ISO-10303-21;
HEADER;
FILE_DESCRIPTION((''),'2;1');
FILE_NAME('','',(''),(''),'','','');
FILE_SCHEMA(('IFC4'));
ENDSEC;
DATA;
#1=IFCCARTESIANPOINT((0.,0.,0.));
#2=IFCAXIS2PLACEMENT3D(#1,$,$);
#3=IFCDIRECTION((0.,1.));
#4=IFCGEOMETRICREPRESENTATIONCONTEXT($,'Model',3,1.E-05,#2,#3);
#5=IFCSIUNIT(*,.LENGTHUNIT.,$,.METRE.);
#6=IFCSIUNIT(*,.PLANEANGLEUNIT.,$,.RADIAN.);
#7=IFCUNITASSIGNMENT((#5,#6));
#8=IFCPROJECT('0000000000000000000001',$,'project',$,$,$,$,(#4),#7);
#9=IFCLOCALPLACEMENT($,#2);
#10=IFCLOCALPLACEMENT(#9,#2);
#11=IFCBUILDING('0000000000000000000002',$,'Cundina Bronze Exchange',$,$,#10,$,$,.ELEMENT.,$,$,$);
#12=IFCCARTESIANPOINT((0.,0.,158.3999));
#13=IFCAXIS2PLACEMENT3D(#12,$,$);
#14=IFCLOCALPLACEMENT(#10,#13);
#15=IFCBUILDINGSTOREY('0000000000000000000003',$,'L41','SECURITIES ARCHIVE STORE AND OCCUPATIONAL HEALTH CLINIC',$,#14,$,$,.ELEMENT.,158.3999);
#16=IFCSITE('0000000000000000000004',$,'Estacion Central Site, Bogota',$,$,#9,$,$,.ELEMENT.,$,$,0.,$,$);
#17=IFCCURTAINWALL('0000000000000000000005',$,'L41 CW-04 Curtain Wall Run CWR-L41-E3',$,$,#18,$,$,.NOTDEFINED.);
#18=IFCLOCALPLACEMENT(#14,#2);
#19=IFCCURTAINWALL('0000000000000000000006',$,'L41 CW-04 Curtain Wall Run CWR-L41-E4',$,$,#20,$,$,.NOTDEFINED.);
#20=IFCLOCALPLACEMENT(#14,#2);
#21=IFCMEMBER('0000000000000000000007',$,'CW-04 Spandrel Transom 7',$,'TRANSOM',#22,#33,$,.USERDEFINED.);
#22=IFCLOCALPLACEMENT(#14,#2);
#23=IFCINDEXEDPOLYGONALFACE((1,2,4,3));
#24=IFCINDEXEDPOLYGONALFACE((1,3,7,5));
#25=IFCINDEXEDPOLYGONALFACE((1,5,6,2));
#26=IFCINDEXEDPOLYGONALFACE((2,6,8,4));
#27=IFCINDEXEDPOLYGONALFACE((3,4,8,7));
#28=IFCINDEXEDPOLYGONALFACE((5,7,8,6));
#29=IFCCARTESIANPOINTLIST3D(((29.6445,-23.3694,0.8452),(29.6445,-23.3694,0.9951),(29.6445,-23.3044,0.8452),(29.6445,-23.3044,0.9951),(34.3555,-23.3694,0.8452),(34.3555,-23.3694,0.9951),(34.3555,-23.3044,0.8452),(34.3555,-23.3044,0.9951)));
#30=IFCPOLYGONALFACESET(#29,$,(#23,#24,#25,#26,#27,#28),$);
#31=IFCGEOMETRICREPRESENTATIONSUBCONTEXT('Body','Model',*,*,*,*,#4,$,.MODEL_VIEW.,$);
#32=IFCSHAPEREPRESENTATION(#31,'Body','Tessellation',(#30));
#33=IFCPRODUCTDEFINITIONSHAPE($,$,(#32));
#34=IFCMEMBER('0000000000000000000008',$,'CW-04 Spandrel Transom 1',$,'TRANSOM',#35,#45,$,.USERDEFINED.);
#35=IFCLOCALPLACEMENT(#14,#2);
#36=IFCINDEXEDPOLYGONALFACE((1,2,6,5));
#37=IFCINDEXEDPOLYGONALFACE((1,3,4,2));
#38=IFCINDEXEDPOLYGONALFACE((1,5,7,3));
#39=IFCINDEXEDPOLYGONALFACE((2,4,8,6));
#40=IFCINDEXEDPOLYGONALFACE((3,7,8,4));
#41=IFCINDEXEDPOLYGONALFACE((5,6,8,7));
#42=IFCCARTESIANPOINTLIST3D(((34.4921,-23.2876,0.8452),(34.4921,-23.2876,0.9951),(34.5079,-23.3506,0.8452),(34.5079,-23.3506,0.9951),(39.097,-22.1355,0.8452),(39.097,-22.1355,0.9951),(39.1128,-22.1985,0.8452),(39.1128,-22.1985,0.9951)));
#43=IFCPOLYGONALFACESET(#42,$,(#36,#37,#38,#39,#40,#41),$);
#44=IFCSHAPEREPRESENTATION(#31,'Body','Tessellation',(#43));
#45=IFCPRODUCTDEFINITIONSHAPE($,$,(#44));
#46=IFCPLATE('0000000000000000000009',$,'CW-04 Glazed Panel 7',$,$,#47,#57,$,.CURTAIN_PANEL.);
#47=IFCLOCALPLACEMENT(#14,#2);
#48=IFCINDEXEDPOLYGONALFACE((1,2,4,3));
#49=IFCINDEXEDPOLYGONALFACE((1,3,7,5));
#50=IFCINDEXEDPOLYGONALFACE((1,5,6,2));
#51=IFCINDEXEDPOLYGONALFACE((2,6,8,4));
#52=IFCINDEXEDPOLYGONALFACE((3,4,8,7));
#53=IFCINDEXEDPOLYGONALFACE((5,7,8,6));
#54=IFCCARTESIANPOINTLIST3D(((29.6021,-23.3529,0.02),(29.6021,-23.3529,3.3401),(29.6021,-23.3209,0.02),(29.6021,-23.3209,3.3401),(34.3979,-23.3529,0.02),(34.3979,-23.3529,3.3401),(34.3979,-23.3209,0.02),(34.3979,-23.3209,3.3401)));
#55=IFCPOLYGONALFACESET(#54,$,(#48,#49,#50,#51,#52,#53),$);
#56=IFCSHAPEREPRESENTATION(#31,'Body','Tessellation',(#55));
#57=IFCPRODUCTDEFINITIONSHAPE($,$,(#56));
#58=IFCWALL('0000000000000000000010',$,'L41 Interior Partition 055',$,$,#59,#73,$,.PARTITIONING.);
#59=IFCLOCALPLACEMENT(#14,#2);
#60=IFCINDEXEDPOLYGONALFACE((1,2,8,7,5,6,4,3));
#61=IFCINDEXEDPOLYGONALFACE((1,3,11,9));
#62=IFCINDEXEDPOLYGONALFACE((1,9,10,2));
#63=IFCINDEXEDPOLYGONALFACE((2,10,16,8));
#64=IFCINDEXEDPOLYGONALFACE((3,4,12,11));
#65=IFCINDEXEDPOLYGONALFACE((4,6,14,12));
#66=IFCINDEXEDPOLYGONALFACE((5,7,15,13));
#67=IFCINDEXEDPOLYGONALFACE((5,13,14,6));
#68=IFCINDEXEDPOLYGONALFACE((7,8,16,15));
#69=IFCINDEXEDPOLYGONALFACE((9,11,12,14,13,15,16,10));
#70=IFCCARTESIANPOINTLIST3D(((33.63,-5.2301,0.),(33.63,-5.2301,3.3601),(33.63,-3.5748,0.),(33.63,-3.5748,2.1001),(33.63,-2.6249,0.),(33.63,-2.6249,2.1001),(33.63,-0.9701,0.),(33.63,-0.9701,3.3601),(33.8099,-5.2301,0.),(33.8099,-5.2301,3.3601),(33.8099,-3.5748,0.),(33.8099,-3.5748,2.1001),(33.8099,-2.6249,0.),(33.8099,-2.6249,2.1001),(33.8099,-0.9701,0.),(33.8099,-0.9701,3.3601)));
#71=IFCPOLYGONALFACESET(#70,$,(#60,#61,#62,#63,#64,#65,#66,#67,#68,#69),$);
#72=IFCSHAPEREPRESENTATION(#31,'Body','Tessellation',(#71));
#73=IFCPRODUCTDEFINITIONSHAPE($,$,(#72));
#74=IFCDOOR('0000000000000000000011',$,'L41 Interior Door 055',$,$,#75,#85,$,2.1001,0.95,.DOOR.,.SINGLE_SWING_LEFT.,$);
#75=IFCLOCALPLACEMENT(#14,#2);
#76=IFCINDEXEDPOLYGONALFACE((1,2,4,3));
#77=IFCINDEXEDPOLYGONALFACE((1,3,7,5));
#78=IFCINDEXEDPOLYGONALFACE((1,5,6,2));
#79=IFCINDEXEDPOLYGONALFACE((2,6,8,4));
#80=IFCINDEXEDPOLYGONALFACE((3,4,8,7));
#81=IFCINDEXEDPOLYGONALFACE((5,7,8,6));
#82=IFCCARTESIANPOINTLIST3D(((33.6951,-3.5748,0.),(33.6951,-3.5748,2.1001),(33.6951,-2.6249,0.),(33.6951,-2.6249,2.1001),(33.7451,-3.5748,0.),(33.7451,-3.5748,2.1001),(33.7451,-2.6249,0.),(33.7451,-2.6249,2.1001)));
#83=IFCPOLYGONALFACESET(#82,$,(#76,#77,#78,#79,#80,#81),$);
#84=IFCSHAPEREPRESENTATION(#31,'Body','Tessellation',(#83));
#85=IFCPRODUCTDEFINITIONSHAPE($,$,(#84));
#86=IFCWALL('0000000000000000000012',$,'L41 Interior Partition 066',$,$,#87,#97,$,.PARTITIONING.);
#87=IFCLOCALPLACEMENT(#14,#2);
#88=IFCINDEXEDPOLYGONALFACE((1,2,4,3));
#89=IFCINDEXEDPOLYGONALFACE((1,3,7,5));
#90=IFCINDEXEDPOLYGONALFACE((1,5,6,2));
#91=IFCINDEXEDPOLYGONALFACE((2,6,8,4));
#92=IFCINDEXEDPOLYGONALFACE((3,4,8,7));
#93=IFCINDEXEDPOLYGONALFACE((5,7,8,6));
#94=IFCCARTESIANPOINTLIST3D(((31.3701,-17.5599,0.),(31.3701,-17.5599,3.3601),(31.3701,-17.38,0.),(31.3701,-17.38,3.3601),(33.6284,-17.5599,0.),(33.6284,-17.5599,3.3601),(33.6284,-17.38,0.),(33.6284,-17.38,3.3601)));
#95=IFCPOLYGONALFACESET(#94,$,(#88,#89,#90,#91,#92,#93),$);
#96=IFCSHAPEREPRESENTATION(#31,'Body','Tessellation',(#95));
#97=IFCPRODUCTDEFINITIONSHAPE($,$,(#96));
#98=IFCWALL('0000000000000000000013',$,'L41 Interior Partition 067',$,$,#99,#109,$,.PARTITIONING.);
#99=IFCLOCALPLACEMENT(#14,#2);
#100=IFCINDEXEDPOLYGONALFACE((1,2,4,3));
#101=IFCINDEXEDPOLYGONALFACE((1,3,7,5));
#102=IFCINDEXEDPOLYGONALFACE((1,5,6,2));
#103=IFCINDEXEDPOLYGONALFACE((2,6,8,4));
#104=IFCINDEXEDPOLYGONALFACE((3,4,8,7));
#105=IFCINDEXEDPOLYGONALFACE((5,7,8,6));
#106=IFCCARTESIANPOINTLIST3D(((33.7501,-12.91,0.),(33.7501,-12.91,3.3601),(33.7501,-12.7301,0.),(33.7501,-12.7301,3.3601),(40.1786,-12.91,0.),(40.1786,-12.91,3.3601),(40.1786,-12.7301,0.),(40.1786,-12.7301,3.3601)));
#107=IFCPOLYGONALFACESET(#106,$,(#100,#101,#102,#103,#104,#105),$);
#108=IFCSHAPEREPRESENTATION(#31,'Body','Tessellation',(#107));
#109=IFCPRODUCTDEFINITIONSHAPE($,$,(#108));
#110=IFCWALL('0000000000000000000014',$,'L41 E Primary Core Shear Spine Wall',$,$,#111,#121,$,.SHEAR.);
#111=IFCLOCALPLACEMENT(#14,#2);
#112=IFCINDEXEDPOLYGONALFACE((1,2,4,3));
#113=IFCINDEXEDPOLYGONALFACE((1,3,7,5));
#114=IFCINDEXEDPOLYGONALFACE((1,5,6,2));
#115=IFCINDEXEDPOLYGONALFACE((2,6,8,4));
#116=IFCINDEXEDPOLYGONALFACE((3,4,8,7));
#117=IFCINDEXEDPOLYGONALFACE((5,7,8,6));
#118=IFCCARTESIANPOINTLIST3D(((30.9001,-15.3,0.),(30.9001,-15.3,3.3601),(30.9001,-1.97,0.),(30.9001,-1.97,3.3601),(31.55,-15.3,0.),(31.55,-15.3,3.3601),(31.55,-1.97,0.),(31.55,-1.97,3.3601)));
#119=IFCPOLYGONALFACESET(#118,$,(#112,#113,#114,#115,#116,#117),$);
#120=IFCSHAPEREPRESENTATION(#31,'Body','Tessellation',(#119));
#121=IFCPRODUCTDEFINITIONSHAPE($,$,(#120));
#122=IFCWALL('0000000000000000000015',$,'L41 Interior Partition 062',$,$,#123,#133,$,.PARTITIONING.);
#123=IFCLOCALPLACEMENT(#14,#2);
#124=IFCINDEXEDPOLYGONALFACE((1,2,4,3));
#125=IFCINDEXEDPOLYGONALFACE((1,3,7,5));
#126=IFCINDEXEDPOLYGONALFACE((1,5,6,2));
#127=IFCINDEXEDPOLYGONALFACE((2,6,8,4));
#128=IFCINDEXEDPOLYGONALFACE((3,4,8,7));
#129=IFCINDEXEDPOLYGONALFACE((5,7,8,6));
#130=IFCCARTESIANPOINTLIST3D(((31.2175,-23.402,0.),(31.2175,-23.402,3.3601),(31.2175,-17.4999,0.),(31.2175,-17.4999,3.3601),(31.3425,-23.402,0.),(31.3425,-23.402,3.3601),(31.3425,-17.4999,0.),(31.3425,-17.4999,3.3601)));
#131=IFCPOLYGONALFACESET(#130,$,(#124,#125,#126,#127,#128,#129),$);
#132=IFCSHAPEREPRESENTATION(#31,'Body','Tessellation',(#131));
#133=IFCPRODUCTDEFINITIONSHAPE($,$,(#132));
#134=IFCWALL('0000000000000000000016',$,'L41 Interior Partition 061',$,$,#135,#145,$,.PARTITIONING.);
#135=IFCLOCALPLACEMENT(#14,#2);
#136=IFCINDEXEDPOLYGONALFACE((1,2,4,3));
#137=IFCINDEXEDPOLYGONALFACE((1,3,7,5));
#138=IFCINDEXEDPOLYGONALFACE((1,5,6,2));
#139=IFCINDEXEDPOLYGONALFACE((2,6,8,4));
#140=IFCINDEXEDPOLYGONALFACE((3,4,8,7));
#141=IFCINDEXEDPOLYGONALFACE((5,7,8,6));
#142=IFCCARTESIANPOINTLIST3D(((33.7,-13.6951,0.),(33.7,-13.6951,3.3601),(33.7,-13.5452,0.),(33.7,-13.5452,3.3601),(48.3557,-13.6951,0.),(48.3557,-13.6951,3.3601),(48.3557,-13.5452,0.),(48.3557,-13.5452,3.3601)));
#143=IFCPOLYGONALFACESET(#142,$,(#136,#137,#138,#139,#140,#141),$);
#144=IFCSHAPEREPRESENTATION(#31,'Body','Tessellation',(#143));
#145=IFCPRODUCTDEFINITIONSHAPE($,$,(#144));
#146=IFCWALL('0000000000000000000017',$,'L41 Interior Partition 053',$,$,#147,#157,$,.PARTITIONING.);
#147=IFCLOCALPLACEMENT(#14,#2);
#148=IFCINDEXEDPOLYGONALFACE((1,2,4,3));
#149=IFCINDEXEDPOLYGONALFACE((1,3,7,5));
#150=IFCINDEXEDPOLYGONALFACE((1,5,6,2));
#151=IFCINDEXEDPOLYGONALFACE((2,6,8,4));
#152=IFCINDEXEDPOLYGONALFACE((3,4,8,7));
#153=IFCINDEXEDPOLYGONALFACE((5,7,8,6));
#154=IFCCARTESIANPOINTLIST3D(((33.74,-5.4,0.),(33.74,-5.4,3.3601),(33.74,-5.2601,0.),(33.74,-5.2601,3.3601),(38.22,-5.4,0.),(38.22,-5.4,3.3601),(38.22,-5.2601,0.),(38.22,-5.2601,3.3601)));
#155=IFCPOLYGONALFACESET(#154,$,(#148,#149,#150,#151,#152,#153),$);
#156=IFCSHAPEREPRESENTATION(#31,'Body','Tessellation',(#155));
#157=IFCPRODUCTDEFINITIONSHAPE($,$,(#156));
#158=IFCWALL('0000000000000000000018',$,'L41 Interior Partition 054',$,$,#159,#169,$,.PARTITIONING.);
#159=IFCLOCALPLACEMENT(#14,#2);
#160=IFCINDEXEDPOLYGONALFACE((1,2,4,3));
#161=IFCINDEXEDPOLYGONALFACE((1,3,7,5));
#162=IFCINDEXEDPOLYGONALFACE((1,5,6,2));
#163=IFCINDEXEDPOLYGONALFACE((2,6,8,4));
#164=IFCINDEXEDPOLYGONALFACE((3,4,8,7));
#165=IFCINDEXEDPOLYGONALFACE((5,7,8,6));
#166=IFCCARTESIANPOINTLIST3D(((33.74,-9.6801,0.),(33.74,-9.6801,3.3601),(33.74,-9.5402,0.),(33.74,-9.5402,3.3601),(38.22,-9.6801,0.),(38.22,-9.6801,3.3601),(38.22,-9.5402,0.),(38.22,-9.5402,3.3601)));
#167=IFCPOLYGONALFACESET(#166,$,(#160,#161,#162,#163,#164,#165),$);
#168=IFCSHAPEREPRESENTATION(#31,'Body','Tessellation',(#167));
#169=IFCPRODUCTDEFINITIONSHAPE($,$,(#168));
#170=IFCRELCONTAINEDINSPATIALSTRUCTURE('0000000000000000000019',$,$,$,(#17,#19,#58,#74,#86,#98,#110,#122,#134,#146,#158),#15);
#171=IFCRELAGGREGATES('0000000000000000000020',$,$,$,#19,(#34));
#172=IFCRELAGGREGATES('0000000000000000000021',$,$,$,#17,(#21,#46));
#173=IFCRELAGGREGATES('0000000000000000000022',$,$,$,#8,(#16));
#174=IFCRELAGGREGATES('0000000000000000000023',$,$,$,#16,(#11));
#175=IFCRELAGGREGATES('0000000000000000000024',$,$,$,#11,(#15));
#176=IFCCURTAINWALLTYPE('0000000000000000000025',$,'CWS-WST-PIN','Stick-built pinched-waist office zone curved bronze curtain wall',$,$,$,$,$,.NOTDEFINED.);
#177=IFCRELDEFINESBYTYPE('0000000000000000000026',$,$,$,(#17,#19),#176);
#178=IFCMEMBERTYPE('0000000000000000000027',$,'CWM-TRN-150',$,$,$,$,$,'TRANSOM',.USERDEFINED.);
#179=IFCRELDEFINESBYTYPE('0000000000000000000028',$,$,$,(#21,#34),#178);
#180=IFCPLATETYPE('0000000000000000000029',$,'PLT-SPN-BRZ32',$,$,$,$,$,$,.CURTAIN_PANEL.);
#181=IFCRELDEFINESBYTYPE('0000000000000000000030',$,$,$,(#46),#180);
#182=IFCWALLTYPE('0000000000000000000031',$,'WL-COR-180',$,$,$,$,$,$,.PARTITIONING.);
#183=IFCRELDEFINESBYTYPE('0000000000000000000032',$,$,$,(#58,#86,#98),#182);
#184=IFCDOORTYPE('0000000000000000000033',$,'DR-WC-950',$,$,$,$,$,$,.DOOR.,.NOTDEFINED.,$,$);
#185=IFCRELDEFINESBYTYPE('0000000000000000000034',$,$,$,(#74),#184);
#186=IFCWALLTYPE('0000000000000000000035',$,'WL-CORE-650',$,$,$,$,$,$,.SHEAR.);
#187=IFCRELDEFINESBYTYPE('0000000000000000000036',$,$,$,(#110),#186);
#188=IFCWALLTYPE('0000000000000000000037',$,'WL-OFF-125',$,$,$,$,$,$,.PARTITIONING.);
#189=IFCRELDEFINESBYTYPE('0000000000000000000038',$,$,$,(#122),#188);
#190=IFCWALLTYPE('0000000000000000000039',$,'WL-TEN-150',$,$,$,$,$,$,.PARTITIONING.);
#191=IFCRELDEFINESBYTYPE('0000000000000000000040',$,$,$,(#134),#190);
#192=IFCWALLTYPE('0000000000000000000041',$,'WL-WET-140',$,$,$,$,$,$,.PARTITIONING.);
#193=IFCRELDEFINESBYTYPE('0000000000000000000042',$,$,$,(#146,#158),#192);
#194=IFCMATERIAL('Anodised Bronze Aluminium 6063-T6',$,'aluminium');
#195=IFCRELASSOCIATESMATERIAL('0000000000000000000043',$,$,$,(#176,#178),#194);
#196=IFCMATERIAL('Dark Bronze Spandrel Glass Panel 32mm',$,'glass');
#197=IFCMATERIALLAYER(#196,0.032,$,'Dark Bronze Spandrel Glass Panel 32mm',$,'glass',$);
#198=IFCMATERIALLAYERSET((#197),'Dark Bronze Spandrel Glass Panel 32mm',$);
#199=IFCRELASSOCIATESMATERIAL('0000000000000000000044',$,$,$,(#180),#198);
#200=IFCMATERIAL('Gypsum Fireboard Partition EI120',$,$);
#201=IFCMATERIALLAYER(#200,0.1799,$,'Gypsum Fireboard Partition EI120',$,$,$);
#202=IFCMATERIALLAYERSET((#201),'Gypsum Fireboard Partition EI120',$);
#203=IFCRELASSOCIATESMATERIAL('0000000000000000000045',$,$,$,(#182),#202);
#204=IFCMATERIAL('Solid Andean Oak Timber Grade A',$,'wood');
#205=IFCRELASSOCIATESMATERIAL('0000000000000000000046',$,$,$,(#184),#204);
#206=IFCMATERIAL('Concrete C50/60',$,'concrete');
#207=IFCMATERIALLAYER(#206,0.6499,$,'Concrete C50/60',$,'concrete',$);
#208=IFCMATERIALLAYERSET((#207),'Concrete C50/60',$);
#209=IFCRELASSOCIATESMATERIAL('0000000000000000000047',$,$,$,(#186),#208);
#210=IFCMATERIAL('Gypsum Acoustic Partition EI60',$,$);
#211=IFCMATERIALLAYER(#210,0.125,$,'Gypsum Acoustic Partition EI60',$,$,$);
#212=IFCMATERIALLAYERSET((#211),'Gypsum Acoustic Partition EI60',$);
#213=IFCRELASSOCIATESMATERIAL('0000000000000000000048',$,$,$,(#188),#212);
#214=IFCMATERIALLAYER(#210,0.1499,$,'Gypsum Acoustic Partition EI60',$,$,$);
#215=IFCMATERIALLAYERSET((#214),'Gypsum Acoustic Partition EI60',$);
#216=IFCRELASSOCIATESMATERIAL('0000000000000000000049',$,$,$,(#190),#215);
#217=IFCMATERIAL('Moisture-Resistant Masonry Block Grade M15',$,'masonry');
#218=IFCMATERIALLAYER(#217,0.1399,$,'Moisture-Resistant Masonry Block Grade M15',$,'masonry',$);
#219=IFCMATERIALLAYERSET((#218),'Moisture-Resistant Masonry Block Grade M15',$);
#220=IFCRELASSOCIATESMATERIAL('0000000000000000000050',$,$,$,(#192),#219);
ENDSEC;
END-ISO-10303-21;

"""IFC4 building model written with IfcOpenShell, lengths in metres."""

from ifc_helpers import new_model, si_unit, direction, frame, frame_2d, origin, origin_2d, place, context, subcontext, project, spatial, rectangle, extrude, material, layer, layer_set, material_profile, profile_set, type_object, element, fill, aggregate, save


model = new_model("IFC4")

# Units and contexts
model_context = context("Model", 3, precision=1e-05, world=origin(), true_north=direction((0.0, 1.0)))
body_context = subcontext(model_context, "Body", "Model", "MODEL_VIEW")
ifc_project = project(units=[si_unit("LENGTHUNIT", "METRE"), si_unit("PLANEANGLEUNIT", "RADIAN")], contexts=[model_context])

# Site, building, storey
site_placement = place(None, origin())
site = spatial("IfcSite", under=ifc_project, at=site_placement, Name="Estacion Central Site, Bogota", CompositionType="ELEMENT", RefElevation=0.0)
building_placement = place(site_placement, origin())
building = spatial("IfcBuilding", under=site, at=building_placement, Name="Cundina Bronze Exchange", CompositionType="ELEMENT")
storey_placement = place(building_placement, frame((0.0, 0.0, 158.3999)))
storey = spatial("IfcBuildingStorey", under=building, at=storey_placement, Name="L41", Description="SECURITIES ARCHIVE STORE AND OCCUPATIONAL HEALTH CLINIC", CompositionType="ELEMENT", Elevation=158.3999)

# Shared definitions
ifc_material_1 = material(Name="Concrete C50/60", Category="concrete")

# Curtain wall
ifc_material_2 = material(Name="Anodised Bronze Aluminium 6063-T6", Category="aluminium")
curtain_wall_type = type_object("IfcCurtainWallType", Name="CWS-WST-PIN", Description="Stick-built pinched-waist office zone curved bronze curtain wall", PredefinedType="NOTDEFINED", material=ifc_material_2)
curtain_wall_1_placement = place(storey_placement, origin())
curtain_wall_1 = element("IfcCurtainWall", 1, at=curtain_wall_1_placement, inside=storey, type_object=curtain_wall_type, Name="L41 CW-04 Curtain Wall Run CWR-L41-E3", PredefinedType="NOTDEFINED")

# Curtain wall
curtain_wall_2_placement = place(storey_placement, origin())
curtain_wall_2 = element("IfcCurtainWall", 2, at=curtain_wall_2_placement, inside=storey, type_object=curtain_wall_type, Name="L41 CW-04 Curtain Wall Run CWR-L41-E4", PredefinedType="NOTDEFINED")

# Members
ifc_material_profile_1 = material_profile(ifc_material_2, rectangle(XDim=0.0649, YDim=0.1499, at=origin_2d()), Name="AL65X150", Category="aluminium")
ifc_profile_set_1 = profile_set([ifc_material_profile_1], Name="Anodised Bronze Aluminium 6063-T6")
member_type_1 = type_object("IfcMemberType", Name="CWM-TRN-150", ElementType="TRANSOM", PredefinedType="USERDEFINED", material=ifc_profile_set_1)
member_1_placement = place(storey_placement, frame((29.6445, -23.3369, 0.9202), z_axis=(1.0, 0.0, 0.0), x_axis=(0.0, 1.0, 0.0)))
member_1 = element("IfcMember", 3, at=member_1_placement, type_object=member_type_1, Name="CW-04 Spandrel Transom 7", ObjectType="TRANSOM", PredefinedType="USERDEFINED", context=body_context, shape_type="SweptSolid", body=[
    extrude(rectangle(XDim=0.0649, YDim=0.1499, at=origin_2d()), origin(), (0.0, 0.0, 1.0), 4.7109),
])
member_2_placement = place(storey_placement, frame((34.5, -23.3191, 0.9202), z_axis=(0.9701, 0.242705, 0.0), x_axis=(-0.242705, 0.9701, 0.0)))
member_2 = element("IfcMember", 4, at=member_2_placement, type_object=member_type_1, Name="CW-04 Spandrel Transom 1", ObjectType="TRANSOM", PredefinedType="USERDEFINED", context=body_context, shape_type="SweptSolid", body=[
    extrude(rectangle(XDim=0.0649, YDim=0.1499, at=origin_2d()), origin(), (0.0, 0.0, 1.0), 4.7468),
])
aggregate(curtain_wall_2, [member_2])

# Plate
ifc_material_3 = material(Name="Dark Bronze Spandrel Glass Panel 32mm", Category="glass")
ifc_layer_1 = layer(ifc_material_3, 0.032, Name="Dark Bronze Spandrel Glass Panel 32mm", Category="glass")
ifc_layer_set_1 = layer_set([ifc_layer_1], Name="Dark Bronze Spandrel Glass Panel 32mm")
plate_type = type_object("IfcPlateType", Name="PLT-SPN-BRZ32", PredefinedType="CURTAIN_PANEL", material=ifc_layer_set_1)
plate_placement = place(storey_placement, frame((32.0, -23.3369, 0.02), z_axis=(0.0, 0.0, 1.0), x_axis=(1.0, 0.0, 0.0)))
plate = element("IfcPlate", 5, at=plate_placement, type_object=plate_type, Name="CW-04 Glazed Panel 7", PredefinedType="CURTAIN_PANEL", context=body_context, shape_type="SweptSolid", body=[
    extrude(rectangle(XDim=4.7959, YDim=0.032, at=origin_2d()), origin(), (0.0, 0.0, 1.0), 3.3201),
])
aggregate(curtain_wall_1, [member_1, plate])

# Wall, opening, door
ifc_material_4 = material(Name="Gypsum Fireboard Partition EI120")
ifc_layer_2 = layer(ifc_material_4, 0.1799, Name="Gypsum Fireboard Partition EI120")
ifc_layer_set_2 = layer_set([ifc_layer_2], Name="Gypsum Fireboard Partition EI120")
wall_type_1 = type_object("IfcWallType", Name="WL-COR-180", PredefinedType="PARTITIONING", material=ifc_layer_set_2)
wall_1_placement = place(storey_placement, frame((33.72, -5.23, 0.0), z_axis=(0.0, 0.0, 1.0), x_axis=(0.0, 1.0, 0.0)))
wall_1 = element("IfcWall", 6, at=wall_1_placement, inside=storey, type_object=wall_type_1, Name="L41 Interior Partition 055", PredefinedType="PARTITIONING", context=body_context, shape_type="SweptSolid", body=[
    extrude(rectangle(XDim=4.26, YDim=0.1799, at=frame_2d((2.1299, 0.0))), origin(), (0.0, 0.0, 1.0), 3.3601),
])
opening_1_placement = place(wall_1_placement, frame((1.655, 0.0, 0.0)))
opening_1 = element("IfcOpeningElement", 7, at=opening_1_placement, cuts=wall_1, PredefinedType="OPENING", context=body_context, shape_type="SweptSolid", body=[
    extrude(rectangle(XDim=0.95, YDim=2.1001, at=frame_2d((0.4751, 1.05))), frame((0.0, 0.0999, 0.0), z_axis=(0.0, -1.0, 0.0), x_axis=(1.0, 0.0, 0.0)), (0.0, 0.0, 1.0), 0.2),
])
ifc_material_5 = material(Name="Solid Andean Oak Timber Grade A", Category="wood")
door_type_1 = type_object("IfcDoorType", Name="DR-WC-950", OperationType="NOTDEFINED", PredefinedType="DOOR", material=ifc_material_5)
door_1_placement = place(opening_1_placement, origin())
door_1 = element("IfcDoor", 8, at=door_1_placement, inside=storey, type_object=door_type_1, Name="L41 Interior Door 055", OperationType="SINGLE_SWING_LEFT", OverallHeight=2.1001, OverallWidth=0.95, PredefinedType="DOOR", context=body_context, shape_type="SweptSolid", body=[
    extrude(rectangle(XDim=0.95, YDim=2.1001, at=frame_2d((0.4751, 1.05))), frame((0.0, 0.0249, 0.0), z_axis=(0.0, -1.0, 0.0), x_axis=(1.0, 0.0, 0.0)), (0.0, 0.0, 1.0), 0.05),
])
fill(opening_1, door_1)

# Walls
wall_2_placement = place(storey_placement, frame((31.3701, -17.47, 0.0), z_axis=(0.0, 0.0, 1.0), x_axis=(1.0, 0.0, 0.0)))
element("IfcWall", 9, at=wall_2_placement, inside=storey, type_object=wall_type_1, Name="L41 Interior Partition 066", PredefinedType="PARTITIONING", context=body_context, shape_type="SweptSolid", body=[
    extrude(rectangle(XDim=2.2583, YDim=0.1799, at=frame_2d((1.1292, 0.0))), origin(), (0.0, 0.0, 1.0), 3.3601),
])
wall_3_placement = place(storey_placement, frame((33.75, -12.8201, 0.0), z_axis=(0.0, 0.0, 1.0), x_axis=(1.0, 0.0, 0.0)))
element("IfcWall", 10, at=wall_3_placement, inside=storey, type_object=wall_type_1, Name="L41 Interior Partition 067", PredefinedType="PARTITIONING", context=body_context, shape_type="SweptSolid", body=[
    extrude(rectangle(XDim=6.4285, YDim=0.1799, at=frame_2d((3.2144, 0.0))), origin(), (0.0, 0.0, 1.0), 3.3601),
])
ifc_layer_3 = layer(ifc_material_1, 0.6499, Name="Concrete C50/60", Category="concrete")
ifc_layer_set_3 = layer_set([ifc_layer_3], Name="Concrete C50/60")
wall_type_2 = type_object("IfcWallType", Name="WL-CORE-650", PredefinedType="SHEAR", material=ifc_layer_set_3)
wall_4_placement = place(storey_placement, frame((31.2251, -15.3, 0.0), z_axis=(0.0, 0.0, 1.0), x_axis=(0.0, 1.0, 0.0)))
element("IfcWall", 11, at=wall_4_placement, inside=storey, type_object=wall_type_2, Name="L41 E Primary Core Shear Spine Wall", PredefinedType="SHEAR", context=body_context, shape_type="SweptSolid", body=[
    extrude(rectangle(XDim=13.3301, YDim=0.6499, at=frame_2d((6.665, 0.0))), origin(), (0.0, 0.0, 1.0), 3.3601),
])
ifc_material_6 = material(Name="Gypsum Acoustic Partition EI60")
ifc_layer_4 = layer(ifc_material_6, 0.125, Name="Gypsum Acoustic Partition EI60")
ifc_layer_set_4 = layer_set([ifc_layer_4], Name="Gypsum Acoustic Partition EI60")
wall_type_3 = type_object("IfcWallType", Name="WL-OFF-125", PredefinedType="PARTITIONING", material=ifc_layer_set_4)
wall_5_placement = place(storey_placement, frame((31.28, -23.4021, 0.0), z_axis=(0.0, 0.0, 1.0), x_axis=(0.0, 1.0, 0.0)))
element("IfcWall", 12, at=wall_5_placement, inside=storey, type_object=wall_type_3, Name="L41 Interior Partition 062", PredefinedType="PARTITIONING", context=body_context, shape_type="SweptSolid", body=[
    extrude(rectangle(XDim=5.9021, YDim=0.125, at=frame_2d((2.9512, 0.0))), origin(), (0.0, 0.0, 1.0), 3.3601),
])
ifc_layer_5 = layer(ifc_material_6, 0.1499, Name="Gypsum Acoustic Partition EI60")
ifc_layer_set_5 = layer_set([ifc_layer_5], Name="Gypsum Acoustic Partition EI60")
wall_type_4 = type_object("IfcWallType", Name="WL-TEN-150", PredefinedType="PARTITIONING", material=ifc_layer_set_5)
wall_6_placement = place(storey_placement, frame((33.7, -13.6201, 0.0), z_axis=(0.0, 0.0, 1.0), x_axis=(1.0, 0.0, 0.0)))
element("IfcWall", 13, at=wall_6_placement, inside=storey, type_object=wall_type_4, Name="L41 Interior Partition 061", PredefinedType="PARTITIONING", context=body_context, shape_type="SweptSolid", body=[
    extrude(rectangle(XDim=14.6558, YDim=0.1499, at=frame_2d((7.3279, 0.0))), origin(), (0.0, 0.0, 1.0), 3.3601),
])
ifc_material_7 = material(Name="Moisture-Resistant Masonry Block Grade M15", Category="masonry")
ifc_layer_6 = layer(ifc_material_7, 0.1399, Name="Moisture-Resistant Masonry Block Grade M15", Category="masonry")
ifc_layer_set_6 = layer_set([ifc_layer_6], Name="Moisture-Resistant Masonry Block Grade M15")
wall_type_5 = type_object("IfcWallType", Name="WL-WET-140", PredefinedType="PARTITIONING", material=ifc_layer_set_6)
for number, where, z_axis, x_axis, name in (
    (14, (33.74, -5.3301, 0.0), (0.0, 0.0, 1.0), (1.0, 0.0, 0.0), "L41 Interior Partition 053"),
    (15, (33.74, -9.6101, 0.0), (0.0, 0.0, 1.0), (1.0, 0.0, 0.0), "L41 Interior Partition 054"),
):
    element("IfcWall", number, at=place(storey_placement, frame(where, z_axis=z_axis, x_axis=x_axis)), inside=storey, type_object=wall_type_5, Name=name, PredefinedType="PARTITIONING", context=body_context, shape_type="SweptSolid", body=[
        extrude(rectangle(XDim=4.48, YDim=0.1399, at=frame_2d((2.24, 0.0))), origin(), (0.0, 0.0, 1.0), 3.3601),
    ])

save(model, "model.ifc")
